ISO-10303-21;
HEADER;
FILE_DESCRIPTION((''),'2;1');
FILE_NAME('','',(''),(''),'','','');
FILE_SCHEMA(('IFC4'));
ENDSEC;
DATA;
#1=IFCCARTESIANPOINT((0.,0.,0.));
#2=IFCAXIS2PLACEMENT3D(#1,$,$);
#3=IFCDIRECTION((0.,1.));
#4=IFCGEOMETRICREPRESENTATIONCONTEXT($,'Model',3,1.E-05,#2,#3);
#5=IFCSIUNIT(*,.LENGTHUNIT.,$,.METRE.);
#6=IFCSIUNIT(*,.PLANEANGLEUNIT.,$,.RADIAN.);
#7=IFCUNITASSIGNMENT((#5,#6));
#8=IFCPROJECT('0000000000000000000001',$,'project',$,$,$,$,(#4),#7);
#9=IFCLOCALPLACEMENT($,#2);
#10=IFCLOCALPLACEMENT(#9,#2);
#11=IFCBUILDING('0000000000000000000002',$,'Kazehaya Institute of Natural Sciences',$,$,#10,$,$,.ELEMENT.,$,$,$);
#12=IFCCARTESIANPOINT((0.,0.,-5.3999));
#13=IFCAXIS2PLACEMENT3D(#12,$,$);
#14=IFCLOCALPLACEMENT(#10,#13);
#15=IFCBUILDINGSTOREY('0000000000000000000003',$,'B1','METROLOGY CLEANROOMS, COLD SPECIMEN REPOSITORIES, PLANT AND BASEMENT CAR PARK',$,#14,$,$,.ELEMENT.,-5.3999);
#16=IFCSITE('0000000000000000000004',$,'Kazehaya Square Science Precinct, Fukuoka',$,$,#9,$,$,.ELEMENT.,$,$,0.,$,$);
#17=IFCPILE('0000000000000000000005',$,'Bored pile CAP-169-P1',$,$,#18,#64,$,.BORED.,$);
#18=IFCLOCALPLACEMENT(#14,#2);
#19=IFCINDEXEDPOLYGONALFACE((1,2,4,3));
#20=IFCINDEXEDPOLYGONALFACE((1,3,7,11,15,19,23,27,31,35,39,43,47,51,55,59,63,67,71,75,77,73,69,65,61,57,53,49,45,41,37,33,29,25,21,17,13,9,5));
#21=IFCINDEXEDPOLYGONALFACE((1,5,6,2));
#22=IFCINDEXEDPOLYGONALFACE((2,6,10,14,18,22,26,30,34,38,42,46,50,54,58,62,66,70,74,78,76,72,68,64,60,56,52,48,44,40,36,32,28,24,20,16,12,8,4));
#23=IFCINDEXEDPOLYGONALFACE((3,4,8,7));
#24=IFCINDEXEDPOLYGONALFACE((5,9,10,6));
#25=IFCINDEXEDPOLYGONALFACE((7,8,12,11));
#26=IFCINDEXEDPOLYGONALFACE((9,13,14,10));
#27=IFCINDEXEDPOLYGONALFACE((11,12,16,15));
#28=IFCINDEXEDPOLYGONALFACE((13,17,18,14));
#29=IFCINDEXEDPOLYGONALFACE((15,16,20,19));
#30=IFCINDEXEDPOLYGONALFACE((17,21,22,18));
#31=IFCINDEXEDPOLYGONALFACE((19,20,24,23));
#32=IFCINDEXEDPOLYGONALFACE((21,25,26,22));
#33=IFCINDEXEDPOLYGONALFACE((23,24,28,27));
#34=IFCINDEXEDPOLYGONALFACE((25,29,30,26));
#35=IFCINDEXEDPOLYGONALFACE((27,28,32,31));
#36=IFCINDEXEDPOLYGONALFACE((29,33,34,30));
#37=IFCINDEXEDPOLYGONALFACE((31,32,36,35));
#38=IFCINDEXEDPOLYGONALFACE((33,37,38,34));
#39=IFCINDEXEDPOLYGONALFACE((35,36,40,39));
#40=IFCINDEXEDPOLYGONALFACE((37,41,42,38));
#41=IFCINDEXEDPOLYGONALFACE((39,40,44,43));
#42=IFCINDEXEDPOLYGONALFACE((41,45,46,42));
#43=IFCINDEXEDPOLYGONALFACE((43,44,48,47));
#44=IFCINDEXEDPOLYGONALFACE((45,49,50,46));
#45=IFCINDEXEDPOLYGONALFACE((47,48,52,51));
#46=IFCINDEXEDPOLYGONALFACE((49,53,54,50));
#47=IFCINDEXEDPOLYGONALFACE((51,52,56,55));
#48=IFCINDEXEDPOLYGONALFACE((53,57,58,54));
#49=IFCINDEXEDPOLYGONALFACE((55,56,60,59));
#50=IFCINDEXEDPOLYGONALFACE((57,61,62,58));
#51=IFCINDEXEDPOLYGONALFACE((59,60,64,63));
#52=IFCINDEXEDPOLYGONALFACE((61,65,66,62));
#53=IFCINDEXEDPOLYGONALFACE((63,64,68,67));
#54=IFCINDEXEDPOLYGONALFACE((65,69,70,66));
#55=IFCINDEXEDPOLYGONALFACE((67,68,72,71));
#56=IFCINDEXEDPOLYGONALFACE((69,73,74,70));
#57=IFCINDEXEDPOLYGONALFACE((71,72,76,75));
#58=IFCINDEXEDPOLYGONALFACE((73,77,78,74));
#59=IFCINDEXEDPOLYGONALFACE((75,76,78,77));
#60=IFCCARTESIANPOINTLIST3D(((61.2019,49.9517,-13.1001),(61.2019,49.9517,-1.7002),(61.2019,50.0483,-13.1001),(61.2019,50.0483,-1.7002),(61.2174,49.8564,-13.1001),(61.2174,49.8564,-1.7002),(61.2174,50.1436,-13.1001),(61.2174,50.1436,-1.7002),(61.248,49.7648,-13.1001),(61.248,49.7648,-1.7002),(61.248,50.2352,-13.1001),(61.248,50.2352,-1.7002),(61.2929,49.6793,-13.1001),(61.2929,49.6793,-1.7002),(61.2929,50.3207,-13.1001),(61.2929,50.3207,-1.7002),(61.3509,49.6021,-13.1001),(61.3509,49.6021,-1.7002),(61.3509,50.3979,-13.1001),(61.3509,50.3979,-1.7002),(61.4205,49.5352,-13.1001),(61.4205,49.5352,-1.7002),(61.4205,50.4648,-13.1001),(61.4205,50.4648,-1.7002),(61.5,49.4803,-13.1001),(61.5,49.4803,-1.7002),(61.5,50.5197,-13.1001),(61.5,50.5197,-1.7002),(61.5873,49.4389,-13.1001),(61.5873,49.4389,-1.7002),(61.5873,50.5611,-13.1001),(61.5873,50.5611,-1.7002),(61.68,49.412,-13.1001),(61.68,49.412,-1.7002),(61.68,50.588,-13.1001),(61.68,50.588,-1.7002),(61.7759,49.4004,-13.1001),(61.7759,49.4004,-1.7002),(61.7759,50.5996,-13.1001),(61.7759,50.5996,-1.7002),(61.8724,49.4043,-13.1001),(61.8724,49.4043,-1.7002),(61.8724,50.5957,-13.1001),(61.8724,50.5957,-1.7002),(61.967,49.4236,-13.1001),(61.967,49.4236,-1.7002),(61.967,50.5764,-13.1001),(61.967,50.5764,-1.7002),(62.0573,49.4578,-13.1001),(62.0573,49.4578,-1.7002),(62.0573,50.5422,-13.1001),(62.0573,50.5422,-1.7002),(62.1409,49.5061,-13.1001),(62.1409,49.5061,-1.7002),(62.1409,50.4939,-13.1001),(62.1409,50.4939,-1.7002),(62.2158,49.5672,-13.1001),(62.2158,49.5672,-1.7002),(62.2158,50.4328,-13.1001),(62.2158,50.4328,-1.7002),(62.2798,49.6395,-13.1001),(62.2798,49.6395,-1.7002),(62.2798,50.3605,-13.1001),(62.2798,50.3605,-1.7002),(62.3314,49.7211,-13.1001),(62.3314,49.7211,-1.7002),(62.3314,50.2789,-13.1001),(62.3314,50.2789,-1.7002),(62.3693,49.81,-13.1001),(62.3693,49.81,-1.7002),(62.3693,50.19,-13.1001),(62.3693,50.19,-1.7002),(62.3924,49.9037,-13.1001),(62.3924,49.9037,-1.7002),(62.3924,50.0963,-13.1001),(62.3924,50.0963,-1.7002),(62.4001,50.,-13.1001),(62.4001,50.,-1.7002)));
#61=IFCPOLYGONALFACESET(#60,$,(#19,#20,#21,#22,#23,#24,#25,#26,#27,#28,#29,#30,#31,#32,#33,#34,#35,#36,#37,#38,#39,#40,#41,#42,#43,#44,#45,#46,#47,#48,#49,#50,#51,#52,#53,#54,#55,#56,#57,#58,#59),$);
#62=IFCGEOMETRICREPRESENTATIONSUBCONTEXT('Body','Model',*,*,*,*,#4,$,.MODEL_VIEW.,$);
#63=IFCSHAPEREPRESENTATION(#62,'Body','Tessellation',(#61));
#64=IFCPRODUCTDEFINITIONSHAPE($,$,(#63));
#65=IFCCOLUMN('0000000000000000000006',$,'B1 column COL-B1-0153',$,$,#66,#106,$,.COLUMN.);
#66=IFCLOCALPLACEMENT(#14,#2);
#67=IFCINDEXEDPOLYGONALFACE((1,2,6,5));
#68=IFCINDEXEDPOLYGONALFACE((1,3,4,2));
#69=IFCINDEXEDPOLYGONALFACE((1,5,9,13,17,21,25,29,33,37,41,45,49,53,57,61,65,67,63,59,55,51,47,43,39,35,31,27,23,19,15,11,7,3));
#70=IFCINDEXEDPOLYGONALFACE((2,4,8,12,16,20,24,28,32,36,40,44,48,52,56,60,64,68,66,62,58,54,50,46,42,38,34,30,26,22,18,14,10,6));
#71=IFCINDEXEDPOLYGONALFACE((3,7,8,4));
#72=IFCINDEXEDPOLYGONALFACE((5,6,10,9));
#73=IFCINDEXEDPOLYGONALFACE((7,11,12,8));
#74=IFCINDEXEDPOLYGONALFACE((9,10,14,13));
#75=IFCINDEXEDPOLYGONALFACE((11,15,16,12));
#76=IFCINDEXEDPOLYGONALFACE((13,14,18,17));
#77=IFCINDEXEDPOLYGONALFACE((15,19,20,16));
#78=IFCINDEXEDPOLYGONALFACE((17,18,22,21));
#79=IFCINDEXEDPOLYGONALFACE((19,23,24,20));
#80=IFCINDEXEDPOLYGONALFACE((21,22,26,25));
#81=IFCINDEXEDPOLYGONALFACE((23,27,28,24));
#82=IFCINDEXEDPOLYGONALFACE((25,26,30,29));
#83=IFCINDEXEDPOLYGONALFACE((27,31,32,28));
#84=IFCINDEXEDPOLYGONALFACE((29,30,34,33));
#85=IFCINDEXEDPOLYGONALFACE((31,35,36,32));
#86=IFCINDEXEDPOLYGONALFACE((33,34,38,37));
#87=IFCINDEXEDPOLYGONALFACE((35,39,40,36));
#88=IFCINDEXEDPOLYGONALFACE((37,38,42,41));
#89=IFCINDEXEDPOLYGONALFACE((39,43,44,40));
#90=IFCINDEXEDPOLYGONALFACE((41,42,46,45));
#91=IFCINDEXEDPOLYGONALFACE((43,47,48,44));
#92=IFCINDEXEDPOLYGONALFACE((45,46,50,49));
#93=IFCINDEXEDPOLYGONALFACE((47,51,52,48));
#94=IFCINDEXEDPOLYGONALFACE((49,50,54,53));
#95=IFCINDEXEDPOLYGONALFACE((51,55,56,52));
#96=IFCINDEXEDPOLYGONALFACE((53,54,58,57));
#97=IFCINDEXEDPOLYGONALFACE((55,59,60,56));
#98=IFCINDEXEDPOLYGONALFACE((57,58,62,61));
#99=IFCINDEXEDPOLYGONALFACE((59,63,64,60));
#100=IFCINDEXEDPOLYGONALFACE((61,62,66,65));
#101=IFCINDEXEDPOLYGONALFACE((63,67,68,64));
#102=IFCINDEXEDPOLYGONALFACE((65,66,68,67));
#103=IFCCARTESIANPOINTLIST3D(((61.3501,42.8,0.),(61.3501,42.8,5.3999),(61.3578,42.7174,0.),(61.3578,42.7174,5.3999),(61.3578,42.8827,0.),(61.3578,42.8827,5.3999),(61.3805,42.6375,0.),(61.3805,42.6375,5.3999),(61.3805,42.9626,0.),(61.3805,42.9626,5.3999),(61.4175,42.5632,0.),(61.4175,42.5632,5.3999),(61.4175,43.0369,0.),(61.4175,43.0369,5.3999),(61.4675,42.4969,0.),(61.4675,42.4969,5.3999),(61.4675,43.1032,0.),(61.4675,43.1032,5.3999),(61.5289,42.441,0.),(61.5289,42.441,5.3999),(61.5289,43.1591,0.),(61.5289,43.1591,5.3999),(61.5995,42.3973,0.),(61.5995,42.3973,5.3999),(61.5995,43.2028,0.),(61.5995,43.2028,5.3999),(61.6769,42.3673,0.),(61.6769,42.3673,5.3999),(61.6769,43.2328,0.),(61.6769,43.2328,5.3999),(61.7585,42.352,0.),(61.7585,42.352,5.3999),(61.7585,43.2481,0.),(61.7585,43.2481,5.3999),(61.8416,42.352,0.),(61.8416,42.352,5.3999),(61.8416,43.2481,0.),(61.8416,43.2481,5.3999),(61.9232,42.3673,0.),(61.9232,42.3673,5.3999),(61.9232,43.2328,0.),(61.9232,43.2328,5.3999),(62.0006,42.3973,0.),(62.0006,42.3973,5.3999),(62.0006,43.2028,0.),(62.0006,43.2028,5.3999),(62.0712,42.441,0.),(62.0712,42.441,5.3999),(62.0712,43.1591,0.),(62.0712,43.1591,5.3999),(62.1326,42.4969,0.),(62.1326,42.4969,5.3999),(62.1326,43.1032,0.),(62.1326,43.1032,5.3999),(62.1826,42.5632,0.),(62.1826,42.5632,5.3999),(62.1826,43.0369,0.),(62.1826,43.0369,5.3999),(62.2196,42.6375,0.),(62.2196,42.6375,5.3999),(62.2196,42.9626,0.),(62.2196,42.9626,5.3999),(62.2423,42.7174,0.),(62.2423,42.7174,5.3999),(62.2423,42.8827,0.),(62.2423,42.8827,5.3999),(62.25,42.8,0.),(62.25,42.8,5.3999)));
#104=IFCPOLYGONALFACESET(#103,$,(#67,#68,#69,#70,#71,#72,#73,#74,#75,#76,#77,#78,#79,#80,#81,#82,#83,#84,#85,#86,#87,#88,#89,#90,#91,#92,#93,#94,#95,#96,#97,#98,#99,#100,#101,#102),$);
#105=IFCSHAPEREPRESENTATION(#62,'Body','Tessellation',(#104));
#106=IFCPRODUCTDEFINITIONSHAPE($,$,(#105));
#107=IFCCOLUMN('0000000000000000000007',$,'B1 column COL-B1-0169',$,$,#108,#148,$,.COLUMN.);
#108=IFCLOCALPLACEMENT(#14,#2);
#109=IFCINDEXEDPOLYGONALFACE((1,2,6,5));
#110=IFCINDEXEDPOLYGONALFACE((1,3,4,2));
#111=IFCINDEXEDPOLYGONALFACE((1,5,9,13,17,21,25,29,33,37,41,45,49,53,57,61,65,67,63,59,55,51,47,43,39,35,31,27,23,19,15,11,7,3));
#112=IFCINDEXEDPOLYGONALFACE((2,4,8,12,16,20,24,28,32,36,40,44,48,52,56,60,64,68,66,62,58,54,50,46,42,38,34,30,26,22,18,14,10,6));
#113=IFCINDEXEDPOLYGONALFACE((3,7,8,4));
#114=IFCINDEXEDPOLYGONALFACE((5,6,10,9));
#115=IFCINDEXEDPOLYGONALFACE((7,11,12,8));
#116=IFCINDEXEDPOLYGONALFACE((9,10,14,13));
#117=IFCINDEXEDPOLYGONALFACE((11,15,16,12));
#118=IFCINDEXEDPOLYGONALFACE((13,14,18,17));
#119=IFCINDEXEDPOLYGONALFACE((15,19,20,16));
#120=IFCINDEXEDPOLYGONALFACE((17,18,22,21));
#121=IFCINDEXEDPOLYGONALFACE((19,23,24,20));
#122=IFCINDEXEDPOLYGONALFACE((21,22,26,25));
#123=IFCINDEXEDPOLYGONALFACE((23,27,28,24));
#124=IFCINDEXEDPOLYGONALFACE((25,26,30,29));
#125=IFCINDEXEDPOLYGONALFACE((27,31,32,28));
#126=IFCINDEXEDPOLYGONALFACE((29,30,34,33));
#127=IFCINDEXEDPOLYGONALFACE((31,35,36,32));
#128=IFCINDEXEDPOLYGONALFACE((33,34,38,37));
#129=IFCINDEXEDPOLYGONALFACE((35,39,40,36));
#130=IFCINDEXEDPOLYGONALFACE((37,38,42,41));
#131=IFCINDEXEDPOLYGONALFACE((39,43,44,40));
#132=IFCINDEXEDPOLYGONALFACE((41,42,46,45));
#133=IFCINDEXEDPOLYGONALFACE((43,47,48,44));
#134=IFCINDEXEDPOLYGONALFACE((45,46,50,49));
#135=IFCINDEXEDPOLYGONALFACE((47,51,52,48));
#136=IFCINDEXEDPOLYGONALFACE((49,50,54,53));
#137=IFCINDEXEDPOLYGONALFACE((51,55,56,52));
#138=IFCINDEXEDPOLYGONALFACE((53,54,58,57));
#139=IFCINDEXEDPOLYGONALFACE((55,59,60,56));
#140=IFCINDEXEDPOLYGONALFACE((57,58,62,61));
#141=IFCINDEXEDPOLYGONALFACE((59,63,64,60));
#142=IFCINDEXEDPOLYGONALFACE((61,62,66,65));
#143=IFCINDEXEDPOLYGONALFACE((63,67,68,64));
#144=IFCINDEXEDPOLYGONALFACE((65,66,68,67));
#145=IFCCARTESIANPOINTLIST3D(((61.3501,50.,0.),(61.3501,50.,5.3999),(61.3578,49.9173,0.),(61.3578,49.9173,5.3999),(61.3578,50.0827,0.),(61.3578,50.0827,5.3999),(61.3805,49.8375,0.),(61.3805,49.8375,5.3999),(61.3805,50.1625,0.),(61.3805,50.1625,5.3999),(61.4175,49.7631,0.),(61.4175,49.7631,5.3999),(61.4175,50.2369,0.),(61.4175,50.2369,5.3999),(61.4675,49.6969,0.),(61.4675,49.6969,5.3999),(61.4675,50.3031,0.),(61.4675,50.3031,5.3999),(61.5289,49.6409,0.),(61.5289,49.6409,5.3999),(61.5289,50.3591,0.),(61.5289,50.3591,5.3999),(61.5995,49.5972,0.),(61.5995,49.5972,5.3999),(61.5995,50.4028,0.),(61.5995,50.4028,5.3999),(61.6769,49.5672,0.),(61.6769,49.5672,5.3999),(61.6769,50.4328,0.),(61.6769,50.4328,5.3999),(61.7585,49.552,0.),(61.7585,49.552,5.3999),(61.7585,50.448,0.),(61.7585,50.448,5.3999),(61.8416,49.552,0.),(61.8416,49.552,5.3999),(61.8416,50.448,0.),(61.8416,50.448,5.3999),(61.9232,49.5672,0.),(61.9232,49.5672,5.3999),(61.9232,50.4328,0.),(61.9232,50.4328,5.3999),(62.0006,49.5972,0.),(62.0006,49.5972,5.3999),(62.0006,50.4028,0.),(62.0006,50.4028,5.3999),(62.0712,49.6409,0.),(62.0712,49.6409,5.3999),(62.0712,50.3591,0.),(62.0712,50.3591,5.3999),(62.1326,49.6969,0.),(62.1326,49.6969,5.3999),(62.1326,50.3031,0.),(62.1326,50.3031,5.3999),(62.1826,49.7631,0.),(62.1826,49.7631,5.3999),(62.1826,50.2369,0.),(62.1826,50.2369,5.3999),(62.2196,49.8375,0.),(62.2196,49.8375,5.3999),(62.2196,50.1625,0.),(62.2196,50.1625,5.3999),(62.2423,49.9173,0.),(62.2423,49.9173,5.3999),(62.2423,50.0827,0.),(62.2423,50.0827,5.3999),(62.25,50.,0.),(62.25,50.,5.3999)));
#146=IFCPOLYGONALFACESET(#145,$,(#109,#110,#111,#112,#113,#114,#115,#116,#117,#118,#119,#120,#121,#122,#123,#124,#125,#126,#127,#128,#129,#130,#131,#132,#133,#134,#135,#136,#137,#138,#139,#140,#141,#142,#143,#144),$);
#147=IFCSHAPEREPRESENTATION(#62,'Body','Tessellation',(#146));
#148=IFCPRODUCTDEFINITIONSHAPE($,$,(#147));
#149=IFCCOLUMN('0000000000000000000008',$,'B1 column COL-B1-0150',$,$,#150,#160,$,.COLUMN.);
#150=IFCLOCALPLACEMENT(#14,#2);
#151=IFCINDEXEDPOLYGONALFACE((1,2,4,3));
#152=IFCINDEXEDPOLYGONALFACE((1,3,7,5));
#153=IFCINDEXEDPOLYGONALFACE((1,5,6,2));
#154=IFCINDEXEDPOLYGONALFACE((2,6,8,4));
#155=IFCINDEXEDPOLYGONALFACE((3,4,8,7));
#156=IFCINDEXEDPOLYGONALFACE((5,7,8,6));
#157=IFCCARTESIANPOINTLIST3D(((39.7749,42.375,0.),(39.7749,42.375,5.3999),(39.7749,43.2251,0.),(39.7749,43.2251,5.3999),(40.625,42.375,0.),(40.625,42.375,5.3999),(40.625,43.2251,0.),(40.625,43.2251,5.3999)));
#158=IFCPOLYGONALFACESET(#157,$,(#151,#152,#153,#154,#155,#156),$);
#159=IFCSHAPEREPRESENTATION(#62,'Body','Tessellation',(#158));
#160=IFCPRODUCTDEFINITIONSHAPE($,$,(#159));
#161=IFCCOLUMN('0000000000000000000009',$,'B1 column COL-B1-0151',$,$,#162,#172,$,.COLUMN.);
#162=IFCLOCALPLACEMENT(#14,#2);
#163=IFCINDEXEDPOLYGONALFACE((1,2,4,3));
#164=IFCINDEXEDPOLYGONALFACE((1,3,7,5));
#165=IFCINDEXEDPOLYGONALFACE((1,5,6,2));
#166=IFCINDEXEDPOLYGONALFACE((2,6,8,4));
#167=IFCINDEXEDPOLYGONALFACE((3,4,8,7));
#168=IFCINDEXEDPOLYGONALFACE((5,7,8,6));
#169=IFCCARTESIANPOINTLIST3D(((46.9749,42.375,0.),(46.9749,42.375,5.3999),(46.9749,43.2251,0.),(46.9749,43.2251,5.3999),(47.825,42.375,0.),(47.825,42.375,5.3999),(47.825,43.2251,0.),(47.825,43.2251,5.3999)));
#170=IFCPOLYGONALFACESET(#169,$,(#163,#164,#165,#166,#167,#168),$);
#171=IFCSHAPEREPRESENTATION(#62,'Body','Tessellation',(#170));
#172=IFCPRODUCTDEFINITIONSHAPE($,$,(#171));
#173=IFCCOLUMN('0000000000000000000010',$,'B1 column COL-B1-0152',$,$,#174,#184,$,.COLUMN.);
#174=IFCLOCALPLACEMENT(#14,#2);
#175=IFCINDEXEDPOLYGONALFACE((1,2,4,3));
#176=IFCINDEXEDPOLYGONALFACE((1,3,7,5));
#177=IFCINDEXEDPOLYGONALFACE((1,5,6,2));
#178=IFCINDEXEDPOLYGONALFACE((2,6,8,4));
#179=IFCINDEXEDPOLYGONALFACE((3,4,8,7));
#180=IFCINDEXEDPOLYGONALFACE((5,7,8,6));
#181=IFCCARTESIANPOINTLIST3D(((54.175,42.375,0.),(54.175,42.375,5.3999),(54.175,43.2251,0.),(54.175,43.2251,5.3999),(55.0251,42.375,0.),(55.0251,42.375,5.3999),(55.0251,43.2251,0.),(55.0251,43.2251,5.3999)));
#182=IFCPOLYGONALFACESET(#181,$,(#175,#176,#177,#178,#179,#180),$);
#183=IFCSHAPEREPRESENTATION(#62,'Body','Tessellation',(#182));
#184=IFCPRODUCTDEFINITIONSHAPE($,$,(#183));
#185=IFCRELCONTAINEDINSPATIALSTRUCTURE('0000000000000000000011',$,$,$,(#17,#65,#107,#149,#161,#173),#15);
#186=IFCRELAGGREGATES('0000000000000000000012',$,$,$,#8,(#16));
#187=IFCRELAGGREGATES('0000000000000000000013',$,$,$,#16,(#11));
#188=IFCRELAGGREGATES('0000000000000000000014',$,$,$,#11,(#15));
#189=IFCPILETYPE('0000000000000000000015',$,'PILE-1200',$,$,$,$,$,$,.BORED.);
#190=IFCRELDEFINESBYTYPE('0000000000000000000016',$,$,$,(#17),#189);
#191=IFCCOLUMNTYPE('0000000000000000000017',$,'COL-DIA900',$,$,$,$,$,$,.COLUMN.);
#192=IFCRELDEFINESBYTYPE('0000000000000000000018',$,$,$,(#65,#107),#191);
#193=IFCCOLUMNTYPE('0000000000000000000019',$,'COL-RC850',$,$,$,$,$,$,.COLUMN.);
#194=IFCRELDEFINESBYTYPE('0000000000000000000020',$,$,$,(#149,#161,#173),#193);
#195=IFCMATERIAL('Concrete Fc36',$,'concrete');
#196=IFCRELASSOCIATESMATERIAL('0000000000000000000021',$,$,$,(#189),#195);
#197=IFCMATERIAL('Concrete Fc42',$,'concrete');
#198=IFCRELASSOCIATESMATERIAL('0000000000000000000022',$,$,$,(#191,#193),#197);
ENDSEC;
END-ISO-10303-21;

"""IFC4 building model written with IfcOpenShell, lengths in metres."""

from ifc_helpers import new_model, si_unit, direction, frame, origin, origin_2d, place, context, subcontext, project, spatial, rectangle, circle, extrude, material, material_profile, profile_set, type_object, element, save


model = new_model("IFC4")

# Units and contexts
model_context = context("Model", 3, precision=1e-05, world=origin(), true_north=direction((0.0, 1.0)))
body_context = subcontext(model_context, "Body", "Model", "MODEL_VIEW")
ifc_project = project(units=[si_unit("LENGTHUNIT", "METRE"), si_unit("PLANEANGLEUNIT", "RADIAN")], contexts=[model_context])

# Site, building, storey
site_placement = place(None, origin())
site = spatial("IfcSite", under=ifc_project, at=site_placement, Name="Kazehaya Square Science Precinct, Fukuoka", CompositionType="ELEMENT", RefElevation=0.0)
building_placement = place(site_placement, origin())
building = spatial("IfcBuilding", under=site, at=building_placement, Name="Kazehaya Institute of Natural Sciences", CompositionType="ELEMENT")
storey_placement = place(building_placement, frame((0.0, 0.0, -5.3999)))
storey = spatial("IfcBuildingStorey", under=building, at=storey_placement, Name="B1", Description="METROLOGY CLEANROOMS, COLD SPECIMEN REPOSITORIES, PLANT AND BASEMENT CAR PARK", CompositionType="ELEMENT", Elevation=-5.3999)

# Shared definitions
ifc_material_1 = material(Name="Concrete Fc36", Category="concrete")

# Pile
ifc_material_profile_1 = material_profile(ifc_material_1, circle(Radius=0.6001, at=origin_2d()), Name="PILE-1200")
ifc_profile_set_1 = profile_set([ifc_material_profile_1], Name="Concrete Fc36")
pile_type = type_object("IfcPileType", Name="PILE-1200", PredefinedType="BORED", material=ifc_profile_set_1)
for number, where, z_axis, x_axis, name in (
    (1, (61.8, 50.0, -1.7002), (0.0, 0.0, -1.0), (1.0, 0.0, 0.0), "Bored pile CAP-169-P1"),
):
    element("IfcPile", number, at=place(storey_placement, frame(where, z_axis=z_axis, x_axis=x_axis)), inside=storey, type_object=pile_type, Name=name, PredefinedType="BORED", context=body_context, shape_type="SweptSolid", body=[
        extrude(circle(Radius=0.6001, at=origin_2d()), origin(), (0.0, 0.0, 1.0), 11.3999),
    ])

# Columns
ifc_material_2 = material(Name="Concrete Fc42", Category="concrete")
ifc_material_profile_2 = material_profile(ifc_material_2, circle(Radius=0.45, at=origin_2d()), Name="RC-DIA900")
ifc_profile_set_2 = profile_set([ifc_material_profile_2], Name="Concrete Fc42")
column_type_1 = type_object("IfcColumnType", Name="COL-DIA900", PredefinedType="COLUMN", material=ifc_profile_set_2)
for number, where, z_axis, x_axis, name in (
    (2, (61.8, 42.8, 0.0), (0.0, 0.0, 1.0), (1.0, 0.0, 0.0), "B1 column COL-B1-0153"),
    (3, (61.8, 50.0, 0.0), (0.0, 0.0, 1.0), (1.0, 0.0, 0.0), "B1 column COL-B1-0169"),
):
    element("IfcColumn", number, at=place(storey_placement, frame(where, z_axis=z_axis, x_axis=x_axis)), inside=storey, type_object=column_type_1, Name=name, PredefinedType="COLUMN", context=body_context, shape_type="SweptSolid", body=[
        extrude(circle(Radius=0.45, at=origin_2d()), origin(), (0.0, 0.0, 1.0), 5.3999),
    ])
ifc_material_profile_3 = material_profile(ifc_material_2, rectangle(XDim=0.8501, YDim=0.8501, at=origin_2d()), Name="RC-850x850")
ifc_profile_set_3 = profile_set([ifc_material_profile_3], Name="Concrete Fc42")
column_type_2 = type_object("IfcColumnType", Name="COL-RC850", PredefinedType="COLUMN", material=ifc_profile_set_3)
for number, where, z_axis, x_axis, name in (
    (4, (40.2, 42.8, 0.0), (0.0, 0.0, 1.0), (1.0, 0.0, 0.0), "B1 column COL-B1-0150"),
    (5, (47.3999, 42.8, 0.0), (0.0, 0.0, 1.0), (1.0, 0.0, 0.0), "B1 column COL-B1-0151"),
    (6, (54.6001, 42.8, 0.0), (0.0, 0.0, 1.0), (1.0, 0.0, 0.0), "B1 column COL-B1-0152"),
):
    element("IfcColumn", number, at=place(storey_placement, frame(where, z_axis=z_axis, x_axis=x_axis)), inside=storey, type_object=column_type_2, Name=name, PredefinedType="COLUMN", context=body_context, shape_type="SweptSolid", body=[
        extrude(rectangle(XDim=0.8501, YDim=0.8501, at=origin_2d()), origin(), (0.0, 0.0, 1.0), 5.3999),
    ])

save(model, "model.ifc")
